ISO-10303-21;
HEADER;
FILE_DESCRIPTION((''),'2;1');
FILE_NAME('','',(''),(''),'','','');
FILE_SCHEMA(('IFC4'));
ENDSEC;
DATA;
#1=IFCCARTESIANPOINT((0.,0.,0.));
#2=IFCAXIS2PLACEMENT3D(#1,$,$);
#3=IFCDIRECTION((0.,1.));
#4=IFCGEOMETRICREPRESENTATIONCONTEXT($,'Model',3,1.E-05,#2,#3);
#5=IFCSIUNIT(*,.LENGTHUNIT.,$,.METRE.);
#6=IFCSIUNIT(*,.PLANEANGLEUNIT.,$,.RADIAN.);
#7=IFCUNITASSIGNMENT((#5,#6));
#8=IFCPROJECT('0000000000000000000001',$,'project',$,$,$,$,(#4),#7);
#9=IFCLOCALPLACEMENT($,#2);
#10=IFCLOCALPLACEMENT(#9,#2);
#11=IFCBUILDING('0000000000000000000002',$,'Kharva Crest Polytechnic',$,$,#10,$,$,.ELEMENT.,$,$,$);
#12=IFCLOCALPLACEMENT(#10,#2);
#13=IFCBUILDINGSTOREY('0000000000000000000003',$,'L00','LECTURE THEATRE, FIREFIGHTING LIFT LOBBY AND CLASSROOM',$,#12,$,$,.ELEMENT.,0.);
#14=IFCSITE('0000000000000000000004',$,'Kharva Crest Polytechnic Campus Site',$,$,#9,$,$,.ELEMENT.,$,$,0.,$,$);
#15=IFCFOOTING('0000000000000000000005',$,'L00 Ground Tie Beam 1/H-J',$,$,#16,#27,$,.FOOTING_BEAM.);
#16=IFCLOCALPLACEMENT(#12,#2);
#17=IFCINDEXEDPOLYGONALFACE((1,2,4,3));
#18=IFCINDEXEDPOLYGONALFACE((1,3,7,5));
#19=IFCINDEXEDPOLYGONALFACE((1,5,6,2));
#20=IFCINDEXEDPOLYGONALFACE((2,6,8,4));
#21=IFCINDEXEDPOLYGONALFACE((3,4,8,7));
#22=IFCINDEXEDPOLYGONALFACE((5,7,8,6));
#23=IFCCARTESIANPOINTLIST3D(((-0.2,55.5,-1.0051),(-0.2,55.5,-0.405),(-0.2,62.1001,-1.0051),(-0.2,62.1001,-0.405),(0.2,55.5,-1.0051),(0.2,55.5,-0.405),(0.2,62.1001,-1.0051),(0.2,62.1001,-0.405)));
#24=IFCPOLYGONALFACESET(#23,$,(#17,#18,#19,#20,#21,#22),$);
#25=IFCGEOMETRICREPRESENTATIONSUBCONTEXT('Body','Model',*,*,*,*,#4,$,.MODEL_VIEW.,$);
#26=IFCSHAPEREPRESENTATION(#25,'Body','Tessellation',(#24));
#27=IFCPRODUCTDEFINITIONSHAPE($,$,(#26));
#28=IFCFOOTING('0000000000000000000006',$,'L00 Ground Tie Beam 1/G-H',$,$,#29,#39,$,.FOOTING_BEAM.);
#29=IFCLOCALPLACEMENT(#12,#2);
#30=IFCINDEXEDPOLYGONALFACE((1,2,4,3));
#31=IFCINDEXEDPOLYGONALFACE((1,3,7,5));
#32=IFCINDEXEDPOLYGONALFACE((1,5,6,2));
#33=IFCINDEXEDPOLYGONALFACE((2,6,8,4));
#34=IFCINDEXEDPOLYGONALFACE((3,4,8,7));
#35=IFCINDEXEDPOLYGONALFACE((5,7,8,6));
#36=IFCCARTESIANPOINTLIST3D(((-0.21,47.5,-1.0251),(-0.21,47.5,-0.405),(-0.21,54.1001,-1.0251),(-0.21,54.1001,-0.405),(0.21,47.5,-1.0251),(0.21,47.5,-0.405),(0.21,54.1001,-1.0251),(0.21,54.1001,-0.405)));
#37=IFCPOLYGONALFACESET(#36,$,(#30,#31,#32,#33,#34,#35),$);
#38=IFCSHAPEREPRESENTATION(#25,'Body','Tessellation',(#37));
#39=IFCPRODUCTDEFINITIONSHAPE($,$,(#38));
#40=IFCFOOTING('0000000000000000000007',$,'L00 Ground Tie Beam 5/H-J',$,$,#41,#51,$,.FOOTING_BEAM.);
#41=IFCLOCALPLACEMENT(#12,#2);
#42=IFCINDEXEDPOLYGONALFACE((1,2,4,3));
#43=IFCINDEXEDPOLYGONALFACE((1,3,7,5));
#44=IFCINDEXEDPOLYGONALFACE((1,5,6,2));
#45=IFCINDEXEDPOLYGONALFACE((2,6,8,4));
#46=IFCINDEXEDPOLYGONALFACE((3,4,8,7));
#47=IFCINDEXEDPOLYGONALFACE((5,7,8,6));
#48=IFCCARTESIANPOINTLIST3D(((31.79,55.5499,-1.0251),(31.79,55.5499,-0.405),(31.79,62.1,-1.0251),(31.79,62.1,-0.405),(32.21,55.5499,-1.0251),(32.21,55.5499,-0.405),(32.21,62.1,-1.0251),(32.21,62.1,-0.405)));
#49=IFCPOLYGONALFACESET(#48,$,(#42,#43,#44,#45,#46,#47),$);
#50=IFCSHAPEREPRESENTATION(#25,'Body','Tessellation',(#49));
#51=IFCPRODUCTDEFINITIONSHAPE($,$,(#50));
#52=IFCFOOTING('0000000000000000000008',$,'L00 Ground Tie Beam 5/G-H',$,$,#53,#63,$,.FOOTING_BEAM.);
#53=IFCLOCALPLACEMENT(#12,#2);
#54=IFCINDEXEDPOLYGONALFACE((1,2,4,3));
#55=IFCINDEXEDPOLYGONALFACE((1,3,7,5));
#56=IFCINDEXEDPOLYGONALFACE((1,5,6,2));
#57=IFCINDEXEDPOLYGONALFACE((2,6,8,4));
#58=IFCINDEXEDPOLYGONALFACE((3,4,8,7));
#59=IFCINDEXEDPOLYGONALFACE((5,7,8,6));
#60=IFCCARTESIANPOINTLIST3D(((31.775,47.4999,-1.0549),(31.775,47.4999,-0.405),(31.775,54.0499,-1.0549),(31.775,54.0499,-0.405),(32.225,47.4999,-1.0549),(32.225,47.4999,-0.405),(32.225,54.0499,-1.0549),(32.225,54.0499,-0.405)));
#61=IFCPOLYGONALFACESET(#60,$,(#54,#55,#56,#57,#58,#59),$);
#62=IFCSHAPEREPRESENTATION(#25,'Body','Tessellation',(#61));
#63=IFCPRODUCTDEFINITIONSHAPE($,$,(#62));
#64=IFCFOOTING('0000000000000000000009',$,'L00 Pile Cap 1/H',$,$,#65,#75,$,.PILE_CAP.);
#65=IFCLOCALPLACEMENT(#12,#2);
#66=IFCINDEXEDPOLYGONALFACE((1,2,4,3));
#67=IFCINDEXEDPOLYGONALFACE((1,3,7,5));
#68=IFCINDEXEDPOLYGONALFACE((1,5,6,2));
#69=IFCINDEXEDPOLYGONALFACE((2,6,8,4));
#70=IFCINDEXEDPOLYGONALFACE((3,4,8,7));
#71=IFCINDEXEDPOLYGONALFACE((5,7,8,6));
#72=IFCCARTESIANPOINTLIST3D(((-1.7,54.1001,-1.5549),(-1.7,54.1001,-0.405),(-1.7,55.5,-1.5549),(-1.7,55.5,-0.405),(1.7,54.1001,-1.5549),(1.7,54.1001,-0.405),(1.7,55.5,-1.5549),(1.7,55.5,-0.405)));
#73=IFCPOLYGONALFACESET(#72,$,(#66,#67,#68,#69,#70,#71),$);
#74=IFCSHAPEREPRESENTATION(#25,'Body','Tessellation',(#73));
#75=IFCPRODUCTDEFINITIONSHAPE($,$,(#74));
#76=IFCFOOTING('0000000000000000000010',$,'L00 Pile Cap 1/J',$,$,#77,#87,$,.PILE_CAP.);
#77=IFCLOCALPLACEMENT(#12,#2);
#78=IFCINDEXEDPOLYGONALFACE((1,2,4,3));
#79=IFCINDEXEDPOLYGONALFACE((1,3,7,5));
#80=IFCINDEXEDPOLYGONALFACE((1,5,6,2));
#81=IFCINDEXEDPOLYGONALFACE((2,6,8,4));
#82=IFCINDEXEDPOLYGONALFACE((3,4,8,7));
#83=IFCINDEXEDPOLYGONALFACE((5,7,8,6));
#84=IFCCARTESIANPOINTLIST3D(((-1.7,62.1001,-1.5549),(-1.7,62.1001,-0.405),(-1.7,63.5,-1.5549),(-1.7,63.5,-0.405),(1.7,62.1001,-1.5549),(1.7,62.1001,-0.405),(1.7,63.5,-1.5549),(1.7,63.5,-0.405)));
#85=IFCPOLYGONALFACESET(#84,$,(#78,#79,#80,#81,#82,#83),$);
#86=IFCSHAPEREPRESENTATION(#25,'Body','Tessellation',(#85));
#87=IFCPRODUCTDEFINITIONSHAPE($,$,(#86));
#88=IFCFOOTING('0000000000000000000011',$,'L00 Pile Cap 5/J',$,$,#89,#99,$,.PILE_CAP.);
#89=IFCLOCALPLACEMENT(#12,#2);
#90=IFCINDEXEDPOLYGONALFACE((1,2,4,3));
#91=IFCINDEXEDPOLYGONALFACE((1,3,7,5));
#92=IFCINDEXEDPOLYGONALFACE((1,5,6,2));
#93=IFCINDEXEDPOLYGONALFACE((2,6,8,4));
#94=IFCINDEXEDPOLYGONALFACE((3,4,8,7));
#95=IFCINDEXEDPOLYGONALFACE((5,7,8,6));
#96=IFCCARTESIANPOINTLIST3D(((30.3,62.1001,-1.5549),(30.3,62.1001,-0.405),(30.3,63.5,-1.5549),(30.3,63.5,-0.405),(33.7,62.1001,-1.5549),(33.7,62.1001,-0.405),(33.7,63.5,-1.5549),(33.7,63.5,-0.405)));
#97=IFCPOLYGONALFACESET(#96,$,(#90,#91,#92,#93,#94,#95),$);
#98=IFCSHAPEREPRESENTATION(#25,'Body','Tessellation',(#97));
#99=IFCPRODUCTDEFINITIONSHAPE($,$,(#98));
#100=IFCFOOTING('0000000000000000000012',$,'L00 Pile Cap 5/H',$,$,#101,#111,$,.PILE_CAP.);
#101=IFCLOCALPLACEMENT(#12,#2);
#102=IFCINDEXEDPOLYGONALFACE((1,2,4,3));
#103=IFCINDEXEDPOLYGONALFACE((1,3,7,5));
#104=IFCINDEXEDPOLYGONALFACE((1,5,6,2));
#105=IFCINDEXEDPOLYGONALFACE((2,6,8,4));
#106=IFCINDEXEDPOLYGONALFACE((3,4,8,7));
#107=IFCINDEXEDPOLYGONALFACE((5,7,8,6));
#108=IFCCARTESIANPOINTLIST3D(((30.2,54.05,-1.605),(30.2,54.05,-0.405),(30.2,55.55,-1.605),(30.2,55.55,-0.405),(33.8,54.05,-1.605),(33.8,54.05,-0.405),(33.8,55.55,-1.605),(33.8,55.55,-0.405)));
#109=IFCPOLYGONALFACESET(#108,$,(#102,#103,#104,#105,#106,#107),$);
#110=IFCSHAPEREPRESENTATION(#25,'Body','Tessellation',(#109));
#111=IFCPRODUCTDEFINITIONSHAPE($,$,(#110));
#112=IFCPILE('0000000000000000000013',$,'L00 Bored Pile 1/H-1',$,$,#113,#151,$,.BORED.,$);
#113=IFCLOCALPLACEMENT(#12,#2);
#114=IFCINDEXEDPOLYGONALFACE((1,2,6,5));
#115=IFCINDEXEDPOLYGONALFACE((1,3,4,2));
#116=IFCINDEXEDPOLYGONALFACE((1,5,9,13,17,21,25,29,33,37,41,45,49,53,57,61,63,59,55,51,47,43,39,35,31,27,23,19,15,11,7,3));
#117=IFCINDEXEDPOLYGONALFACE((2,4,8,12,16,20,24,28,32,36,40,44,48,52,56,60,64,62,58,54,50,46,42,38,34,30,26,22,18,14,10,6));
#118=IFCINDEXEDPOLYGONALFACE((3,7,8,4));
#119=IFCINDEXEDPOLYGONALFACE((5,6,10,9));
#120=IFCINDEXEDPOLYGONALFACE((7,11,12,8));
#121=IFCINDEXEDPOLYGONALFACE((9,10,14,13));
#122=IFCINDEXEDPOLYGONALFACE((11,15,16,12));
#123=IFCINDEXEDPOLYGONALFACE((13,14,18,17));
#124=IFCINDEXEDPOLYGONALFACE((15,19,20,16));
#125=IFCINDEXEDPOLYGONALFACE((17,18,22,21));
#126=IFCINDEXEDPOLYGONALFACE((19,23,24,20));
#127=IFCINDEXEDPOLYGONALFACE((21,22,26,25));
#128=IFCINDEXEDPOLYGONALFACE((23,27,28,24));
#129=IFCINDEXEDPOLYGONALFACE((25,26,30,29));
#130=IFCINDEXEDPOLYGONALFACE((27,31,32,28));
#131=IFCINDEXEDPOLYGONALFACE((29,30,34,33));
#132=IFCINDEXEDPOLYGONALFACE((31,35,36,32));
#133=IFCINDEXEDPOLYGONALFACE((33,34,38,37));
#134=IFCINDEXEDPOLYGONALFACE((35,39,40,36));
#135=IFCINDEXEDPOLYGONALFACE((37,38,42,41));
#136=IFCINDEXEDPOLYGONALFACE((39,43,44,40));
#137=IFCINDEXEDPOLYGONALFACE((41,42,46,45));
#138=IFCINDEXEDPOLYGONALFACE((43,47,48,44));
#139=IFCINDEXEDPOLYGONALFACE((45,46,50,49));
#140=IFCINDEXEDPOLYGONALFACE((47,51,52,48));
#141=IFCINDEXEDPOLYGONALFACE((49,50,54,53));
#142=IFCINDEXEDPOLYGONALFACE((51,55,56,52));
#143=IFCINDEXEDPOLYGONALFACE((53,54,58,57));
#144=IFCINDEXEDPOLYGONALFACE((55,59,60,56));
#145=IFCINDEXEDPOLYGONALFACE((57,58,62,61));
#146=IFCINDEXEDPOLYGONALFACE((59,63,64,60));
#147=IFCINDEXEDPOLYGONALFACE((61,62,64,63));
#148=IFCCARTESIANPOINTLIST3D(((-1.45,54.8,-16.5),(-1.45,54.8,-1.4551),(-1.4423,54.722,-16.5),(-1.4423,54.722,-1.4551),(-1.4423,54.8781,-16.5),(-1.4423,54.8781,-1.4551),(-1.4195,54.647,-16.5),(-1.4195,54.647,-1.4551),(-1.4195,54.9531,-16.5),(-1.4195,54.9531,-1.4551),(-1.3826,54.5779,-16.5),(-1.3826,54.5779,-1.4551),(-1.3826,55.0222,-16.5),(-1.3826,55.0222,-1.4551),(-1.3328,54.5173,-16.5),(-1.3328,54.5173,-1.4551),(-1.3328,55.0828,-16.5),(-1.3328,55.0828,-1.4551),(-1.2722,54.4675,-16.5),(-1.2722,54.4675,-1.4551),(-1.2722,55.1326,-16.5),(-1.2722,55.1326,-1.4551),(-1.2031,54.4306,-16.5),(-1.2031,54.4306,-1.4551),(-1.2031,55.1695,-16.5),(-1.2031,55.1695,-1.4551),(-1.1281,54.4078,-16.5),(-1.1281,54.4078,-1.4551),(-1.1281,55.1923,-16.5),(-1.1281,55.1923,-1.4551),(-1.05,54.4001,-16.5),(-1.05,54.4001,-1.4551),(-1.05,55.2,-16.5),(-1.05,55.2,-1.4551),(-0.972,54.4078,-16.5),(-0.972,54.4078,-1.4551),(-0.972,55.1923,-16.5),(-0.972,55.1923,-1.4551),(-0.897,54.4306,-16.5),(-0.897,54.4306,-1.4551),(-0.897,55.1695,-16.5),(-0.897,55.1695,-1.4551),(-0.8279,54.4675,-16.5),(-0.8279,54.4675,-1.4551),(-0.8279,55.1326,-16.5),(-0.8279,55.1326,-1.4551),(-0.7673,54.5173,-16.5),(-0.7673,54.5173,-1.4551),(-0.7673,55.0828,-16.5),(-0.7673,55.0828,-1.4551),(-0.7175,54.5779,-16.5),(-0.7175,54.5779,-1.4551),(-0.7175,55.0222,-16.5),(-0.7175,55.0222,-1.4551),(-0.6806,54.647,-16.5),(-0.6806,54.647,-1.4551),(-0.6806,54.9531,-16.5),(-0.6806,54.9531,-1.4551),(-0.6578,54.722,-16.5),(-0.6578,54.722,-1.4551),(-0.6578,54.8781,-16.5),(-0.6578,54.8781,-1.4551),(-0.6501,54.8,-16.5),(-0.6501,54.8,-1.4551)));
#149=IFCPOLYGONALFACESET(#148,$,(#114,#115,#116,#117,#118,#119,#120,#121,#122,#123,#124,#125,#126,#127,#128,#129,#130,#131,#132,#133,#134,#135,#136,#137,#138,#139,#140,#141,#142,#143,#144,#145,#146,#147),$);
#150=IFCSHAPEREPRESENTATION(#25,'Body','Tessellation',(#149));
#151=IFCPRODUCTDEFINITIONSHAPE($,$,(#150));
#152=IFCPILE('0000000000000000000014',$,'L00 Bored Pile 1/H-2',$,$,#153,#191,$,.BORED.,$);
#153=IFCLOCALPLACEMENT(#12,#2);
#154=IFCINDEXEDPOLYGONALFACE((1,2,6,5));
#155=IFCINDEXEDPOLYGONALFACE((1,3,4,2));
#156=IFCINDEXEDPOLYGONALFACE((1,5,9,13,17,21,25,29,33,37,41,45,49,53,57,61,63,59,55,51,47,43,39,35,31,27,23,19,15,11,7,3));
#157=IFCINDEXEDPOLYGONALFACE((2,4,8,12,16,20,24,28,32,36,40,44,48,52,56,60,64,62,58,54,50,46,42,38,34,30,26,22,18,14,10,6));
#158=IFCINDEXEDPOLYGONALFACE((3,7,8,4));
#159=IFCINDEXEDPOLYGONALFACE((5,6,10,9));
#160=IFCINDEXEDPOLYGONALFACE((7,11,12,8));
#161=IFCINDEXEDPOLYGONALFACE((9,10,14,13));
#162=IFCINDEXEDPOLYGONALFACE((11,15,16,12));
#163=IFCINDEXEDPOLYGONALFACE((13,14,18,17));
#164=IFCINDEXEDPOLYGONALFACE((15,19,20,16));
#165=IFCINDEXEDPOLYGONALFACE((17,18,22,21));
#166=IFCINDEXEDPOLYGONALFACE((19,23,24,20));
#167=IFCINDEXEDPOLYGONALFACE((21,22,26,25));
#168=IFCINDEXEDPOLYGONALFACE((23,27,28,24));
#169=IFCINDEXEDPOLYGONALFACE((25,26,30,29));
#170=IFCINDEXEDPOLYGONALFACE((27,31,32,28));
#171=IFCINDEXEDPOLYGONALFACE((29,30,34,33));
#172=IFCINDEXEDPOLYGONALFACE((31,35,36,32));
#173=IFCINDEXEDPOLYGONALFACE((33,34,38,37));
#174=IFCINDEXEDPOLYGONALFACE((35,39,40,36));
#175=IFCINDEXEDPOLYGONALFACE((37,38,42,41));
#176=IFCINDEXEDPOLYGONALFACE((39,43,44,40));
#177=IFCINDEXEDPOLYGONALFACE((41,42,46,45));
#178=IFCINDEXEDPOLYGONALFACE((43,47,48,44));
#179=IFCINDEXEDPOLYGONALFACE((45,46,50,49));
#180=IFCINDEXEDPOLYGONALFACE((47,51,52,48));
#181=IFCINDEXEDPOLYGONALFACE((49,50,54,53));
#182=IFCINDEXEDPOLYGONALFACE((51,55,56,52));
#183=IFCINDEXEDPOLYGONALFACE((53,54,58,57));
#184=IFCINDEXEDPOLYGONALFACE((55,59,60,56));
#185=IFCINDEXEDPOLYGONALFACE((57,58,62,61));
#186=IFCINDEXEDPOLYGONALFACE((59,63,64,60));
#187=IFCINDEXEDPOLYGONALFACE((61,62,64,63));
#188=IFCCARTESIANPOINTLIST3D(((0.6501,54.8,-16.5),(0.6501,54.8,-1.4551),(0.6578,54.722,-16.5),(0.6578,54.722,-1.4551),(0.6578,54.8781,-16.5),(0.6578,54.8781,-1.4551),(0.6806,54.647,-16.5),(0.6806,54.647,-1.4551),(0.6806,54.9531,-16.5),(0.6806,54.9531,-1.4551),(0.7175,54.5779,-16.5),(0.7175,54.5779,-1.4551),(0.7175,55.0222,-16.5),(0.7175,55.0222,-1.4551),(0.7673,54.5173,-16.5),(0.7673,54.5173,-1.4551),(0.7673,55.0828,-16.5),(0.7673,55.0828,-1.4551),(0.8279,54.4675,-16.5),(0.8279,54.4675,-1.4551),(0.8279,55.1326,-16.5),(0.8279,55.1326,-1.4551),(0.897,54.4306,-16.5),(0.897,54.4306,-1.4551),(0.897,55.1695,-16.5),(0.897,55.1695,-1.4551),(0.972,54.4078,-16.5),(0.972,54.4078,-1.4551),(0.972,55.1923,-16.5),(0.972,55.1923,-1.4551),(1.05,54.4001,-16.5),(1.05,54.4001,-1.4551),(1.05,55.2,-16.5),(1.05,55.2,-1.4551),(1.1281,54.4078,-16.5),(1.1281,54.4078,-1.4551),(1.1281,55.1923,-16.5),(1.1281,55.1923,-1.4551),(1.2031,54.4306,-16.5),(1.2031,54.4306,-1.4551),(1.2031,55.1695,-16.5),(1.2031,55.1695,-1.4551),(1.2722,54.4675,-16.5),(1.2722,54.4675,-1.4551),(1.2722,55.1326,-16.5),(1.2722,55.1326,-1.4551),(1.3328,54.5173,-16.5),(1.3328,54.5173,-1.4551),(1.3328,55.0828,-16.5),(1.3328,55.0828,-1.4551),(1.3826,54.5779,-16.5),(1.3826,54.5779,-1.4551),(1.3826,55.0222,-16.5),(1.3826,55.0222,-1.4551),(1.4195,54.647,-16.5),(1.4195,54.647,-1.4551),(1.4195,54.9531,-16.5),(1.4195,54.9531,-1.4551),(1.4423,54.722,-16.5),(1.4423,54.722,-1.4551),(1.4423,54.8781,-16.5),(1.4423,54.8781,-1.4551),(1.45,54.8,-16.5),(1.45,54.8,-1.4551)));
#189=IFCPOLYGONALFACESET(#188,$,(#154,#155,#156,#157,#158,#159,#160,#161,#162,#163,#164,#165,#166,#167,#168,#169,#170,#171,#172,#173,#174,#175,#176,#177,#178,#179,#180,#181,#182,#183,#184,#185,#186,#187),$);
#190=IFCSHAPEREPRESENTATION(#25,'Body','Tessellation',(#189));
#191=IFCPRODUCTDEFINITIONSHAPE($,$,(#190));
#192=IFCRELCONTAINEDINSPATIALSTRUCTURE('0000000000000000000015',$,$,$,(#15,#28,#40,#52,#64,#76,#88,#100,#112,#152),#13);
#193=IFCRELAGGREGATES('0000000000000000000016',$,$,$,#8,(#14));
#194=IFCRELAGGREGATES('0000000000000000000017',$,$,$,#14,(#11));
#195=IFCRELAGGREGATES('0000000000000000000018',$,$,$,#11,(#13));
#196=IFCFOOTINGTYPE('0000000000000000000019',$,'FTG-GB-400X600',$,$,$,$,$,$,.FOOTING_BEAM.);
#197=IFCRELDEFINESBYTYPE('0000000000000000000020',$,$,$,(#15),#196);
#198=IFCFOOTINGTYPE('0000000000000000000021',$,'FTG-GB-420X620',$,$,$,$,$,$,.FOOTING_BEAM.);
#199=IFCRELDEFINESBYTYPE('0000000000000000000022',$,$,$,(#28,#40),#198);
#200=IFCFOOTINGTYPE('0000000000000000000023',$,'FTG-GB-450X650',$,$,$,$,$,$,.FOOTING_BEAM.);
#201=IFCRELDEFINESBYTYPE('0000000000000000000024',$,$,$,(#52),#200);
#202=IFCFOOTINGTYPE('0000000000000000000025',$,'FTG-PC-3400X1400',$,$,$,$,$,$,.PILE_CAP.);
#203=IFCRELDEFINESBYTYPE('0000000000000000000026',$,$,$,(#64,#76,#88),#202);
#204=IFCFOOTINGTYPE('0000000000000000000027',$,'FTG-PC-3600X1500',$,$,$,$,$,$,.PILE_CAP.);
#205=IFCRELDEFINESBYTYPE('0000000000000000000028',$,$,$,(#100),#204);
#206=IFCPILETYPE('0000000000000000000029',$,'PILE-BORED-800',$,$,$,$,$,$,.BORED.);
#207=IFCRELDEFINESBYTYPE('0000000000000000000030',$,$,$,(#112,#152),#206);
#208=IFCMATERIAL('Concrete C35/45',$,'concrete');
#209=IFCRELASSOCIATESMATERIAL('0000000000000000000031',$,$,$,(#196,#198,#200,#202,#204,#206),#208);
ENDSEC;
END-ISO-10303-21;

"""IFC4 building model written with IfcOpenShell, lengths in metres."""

from ifc_helpers import new_model, si_unit, direction, frame, origin, origin_2d, place, context, subcontext, project, spatial, rectangle, circle, extrude, material, material_profile, profile_set, type_object, element, save


model = new_model("IFC4")

# Units and contexts
model_context = context("Model", 3, precision=1e-05, world=origin(), true_north=direction((0.0, 1.0)))
body_context = subcontext(model_context, "Body", "Model", "MODEL_VIEW")
ifc_project = project(units=[si_unit("LENGTHUNIT", "METRE"), si_unit("PLANEANGLEUNIT", "RADIAN")], contexts=[model_context])

# Site, building, storey
site_placement = place(None, origin())
site = spatial("IfcSite", under=ifc_project, at=site_placement, Name="Kharva Crest Polytechnic Campus Site", CompositionType="ELEMENT", RefElevation=0.0)
building_placement = place(site_placement, origin())
building = spatial("IfcBuilding", under=site, at=building_placement, Name="Kharva Crest Polytechnic", CompositionType="ELEMENT")
storey_placement = place(building_placement, origin())
storey = spatial("IfcBuildingStorey", under=building, at=storey_placement, Name="L00", Description="LECTURE THEATRE, FIREFIGHTING LIFT LOBBY AND CLASSROOM", CompositionType="ELEMENT", Elevation=0.0)

# Footings
ifc_material_1 = material(Name="Concrete C35/45", Category="concrete")
footing_type_1 = type_object("IfcFootingType", Name="FTG-GB-400X600", PredefinedType="FOOTING_BEAM", material=ifc_material_1)
footing_1_placement = place(storey_placement, frame((0.0, 58.8, -1.0051), z_axis=(0.0, 0.0, 1.0), x_axis=(0.0, 1.0, 0.0)))
element("IfcFooting", 1, at=footing_1_placement, inside=storey, type_object=footing_type_1, Name="L00 Ground Tie Beam 1/H-J", PredefinedType="FOOTING_BEAM", context=body_context, shape_type="SweptSolid", body=[
    extrude(rectangle(XDim=6.6001, YDim=0.3999, at=origin_2d()), origin(), (0.0, 0.0, 1.0), 0.6001),
])
footing_type_2 = type_object("IfcFootingType", Name="FTG-GB-420X620", PredefinedType="FOOTING_BEAM", material=ifc_material_1)
footing_2_placement = place(storey_placement, frame((0.0, 50.8, -1.0251), z_axis=(0.0, 0.0, 1.0), x_axis=(0.0, 1.0, 0.0)))
element("IfcFooting", 2, at=footing_2_placement, inside=storey, type_object=footing_type_2, Name="L00 Ground Tie Beam 1/G-H", PredefinedType="FOOTING_BEAM", context=body_context, shape_type="SweptSolid", body=[
    extrude(rectangle(XDim=6.6001, YDim=0.4199, at=origin_2d()), origin(), (0.0, 0.0, 1.0), 0.6201),
])
footing_3_placement = place(storey_placement, frame((32.0, 58.825, -1.0251), z_axis=(0.0, 0.0, 1.0), x_axis=(0.0, 1.0, 0.0)))
element("IfcFooting", 3, at=footing_3_placement, inside=storey, type_object=footing_type_2, Name="L00 Ground Tie Beam 5/H-J", PredefinedType="FOOTING_BEAM", context=body_context, shape_type="SweptSolid", body=[
    extrude(rectangle(XDim=6.55, YDim=0.4199, at=origin_2d()), origin(), (0.0, 0.0, 1.0), 0.6201),
])
footing_type_3 = type_object("IfcFootingType", Name="FTG-GB-450X650", PredefinedType="FOOTING_BEAM", material=ifc_material_1)
footing_4_placement = place(storey_placement, frame((32.0, 50.7749, -1.0549), z_axis=(0.0, 0.0, 1.0), x_axis=(0.0, 1.0, 0.0)))
element("IfcFooting", 4, at=footing_4_placement, inside=storey, type_object=footing_type_3, Name="L00 Ground Tie Beam 5/G-H", PredefinedType="FOOTING_BEAM", context=body_context, shape_type="SweptSolid", body=[
    extrude(rectangle(XDim=6.55, YDim=0.45, at=origin_2d()), origin(), (0.0, 0.0, 1.0), 0.6499),
])
footing_type_4 = type_object("IfcFootingType", Name="FTG-PC-3400X1400", PredefinedType="PILE_CAP", material=ifc_material_1)
for number, where, z_axis, x_axis, name in (
    (5, (0.0, 54.8, -1.5549), (0.0, 0.0, 1.0), (1.0, 0.0, 0.0), "L00 Pile Cap 1/H"),
    (6, (0.0, 62.8, -1.5549), (0.0, 0.0, 1.0), (1.0, 0.0, 0.0), "L00 Pile Cap 1/J"),
    (7, (32.0, 62.8, -1.5549), (0.0, 0.0, 1.0), (1.0, 0.0, 0.0), "L00 Pile Cap 5/J"),
):
    element("IfcFooting", number, at=place(storey_placement, frame(where, z_axis=z_axis, x_axis=x_axis)), inside=storey, type_object=footing_type_4, Name=name, PredefinedType="PILE_CAP", context=body_context, shape_type="SweptSolid", body=[
        extrude(rectangle(XDim=3.3999, YDim=1.3999, at=origin_2d()), origin(), (0.0, 0.0, 1.0), 1.1499),
    ])
footing_type_5 = type_object("IfcFootingType", Name="FTG-PC-3600X1500", PredefinedType="PILE_CAP", material=ifc_material_1)
footing_5_placement = place(storey_placement, frame((32.0, 54.8, -1.605), z_axis=(0.0, 0.0, 1.0), x_axis=(1.0, 0.0, 0.0)))
element("IfcFooting", 8, at=footing_5_placement, inside=storey, type_object=footing_type_5, Name="L00 Pile Cap 5/H", PredefinedType="PILE_CAP", context=body_context, shape_type="SweptSolid", body=[
    extrude(rectangle(XDim=3.6001, YDim=1.5, at=origin_2d()), origin(), (0.0, 0.0, 1.0), 1.2),
])

# Piles
ifc_material_profile_1 = material_profile(ifc_material_1, circle(Radius=0.3999, at=origin_2d()), Name="DIA 800")
ifc_profile_set_1 = profile_set([ifc_material_profile_1], Name="Concrete C35/45")
pile_type_1 = type_object("IfcPileType", Name="PILE-BORED-800", PredefinedType="BORED", material=ifc_profile_set_1)
for number, where, z_axis, x_axis, name in (
    (9, (-1.05, 54.8, -1.4551), (0.0, 0.0, -1.0), (1.0, 0.0, 0.0), "L00 Bored Pile 1/H-1"),
    (10, (1.05, 54.8, -1.4551), (0.0, 0.0, -1.0), (1.0, 0.0, 0.0), "L00 Bored Pile 1/H-2"),
):
    element("IfcPile", number, at=place(storey_placement, frame(where, z_axis=z_axis, x_axis=x_axis)), inside=storey, type_object=pile_type_1, Name=name, PredefinedType="BORED", context=body_context, shape_type="SweptSolid", body=[
        extrude(circle(Radius=0.3999, at=origin_2d()), origin(), (0.0, 0.0, 1.0), 15.0449),
    ])

save(model, "model.ifc")
